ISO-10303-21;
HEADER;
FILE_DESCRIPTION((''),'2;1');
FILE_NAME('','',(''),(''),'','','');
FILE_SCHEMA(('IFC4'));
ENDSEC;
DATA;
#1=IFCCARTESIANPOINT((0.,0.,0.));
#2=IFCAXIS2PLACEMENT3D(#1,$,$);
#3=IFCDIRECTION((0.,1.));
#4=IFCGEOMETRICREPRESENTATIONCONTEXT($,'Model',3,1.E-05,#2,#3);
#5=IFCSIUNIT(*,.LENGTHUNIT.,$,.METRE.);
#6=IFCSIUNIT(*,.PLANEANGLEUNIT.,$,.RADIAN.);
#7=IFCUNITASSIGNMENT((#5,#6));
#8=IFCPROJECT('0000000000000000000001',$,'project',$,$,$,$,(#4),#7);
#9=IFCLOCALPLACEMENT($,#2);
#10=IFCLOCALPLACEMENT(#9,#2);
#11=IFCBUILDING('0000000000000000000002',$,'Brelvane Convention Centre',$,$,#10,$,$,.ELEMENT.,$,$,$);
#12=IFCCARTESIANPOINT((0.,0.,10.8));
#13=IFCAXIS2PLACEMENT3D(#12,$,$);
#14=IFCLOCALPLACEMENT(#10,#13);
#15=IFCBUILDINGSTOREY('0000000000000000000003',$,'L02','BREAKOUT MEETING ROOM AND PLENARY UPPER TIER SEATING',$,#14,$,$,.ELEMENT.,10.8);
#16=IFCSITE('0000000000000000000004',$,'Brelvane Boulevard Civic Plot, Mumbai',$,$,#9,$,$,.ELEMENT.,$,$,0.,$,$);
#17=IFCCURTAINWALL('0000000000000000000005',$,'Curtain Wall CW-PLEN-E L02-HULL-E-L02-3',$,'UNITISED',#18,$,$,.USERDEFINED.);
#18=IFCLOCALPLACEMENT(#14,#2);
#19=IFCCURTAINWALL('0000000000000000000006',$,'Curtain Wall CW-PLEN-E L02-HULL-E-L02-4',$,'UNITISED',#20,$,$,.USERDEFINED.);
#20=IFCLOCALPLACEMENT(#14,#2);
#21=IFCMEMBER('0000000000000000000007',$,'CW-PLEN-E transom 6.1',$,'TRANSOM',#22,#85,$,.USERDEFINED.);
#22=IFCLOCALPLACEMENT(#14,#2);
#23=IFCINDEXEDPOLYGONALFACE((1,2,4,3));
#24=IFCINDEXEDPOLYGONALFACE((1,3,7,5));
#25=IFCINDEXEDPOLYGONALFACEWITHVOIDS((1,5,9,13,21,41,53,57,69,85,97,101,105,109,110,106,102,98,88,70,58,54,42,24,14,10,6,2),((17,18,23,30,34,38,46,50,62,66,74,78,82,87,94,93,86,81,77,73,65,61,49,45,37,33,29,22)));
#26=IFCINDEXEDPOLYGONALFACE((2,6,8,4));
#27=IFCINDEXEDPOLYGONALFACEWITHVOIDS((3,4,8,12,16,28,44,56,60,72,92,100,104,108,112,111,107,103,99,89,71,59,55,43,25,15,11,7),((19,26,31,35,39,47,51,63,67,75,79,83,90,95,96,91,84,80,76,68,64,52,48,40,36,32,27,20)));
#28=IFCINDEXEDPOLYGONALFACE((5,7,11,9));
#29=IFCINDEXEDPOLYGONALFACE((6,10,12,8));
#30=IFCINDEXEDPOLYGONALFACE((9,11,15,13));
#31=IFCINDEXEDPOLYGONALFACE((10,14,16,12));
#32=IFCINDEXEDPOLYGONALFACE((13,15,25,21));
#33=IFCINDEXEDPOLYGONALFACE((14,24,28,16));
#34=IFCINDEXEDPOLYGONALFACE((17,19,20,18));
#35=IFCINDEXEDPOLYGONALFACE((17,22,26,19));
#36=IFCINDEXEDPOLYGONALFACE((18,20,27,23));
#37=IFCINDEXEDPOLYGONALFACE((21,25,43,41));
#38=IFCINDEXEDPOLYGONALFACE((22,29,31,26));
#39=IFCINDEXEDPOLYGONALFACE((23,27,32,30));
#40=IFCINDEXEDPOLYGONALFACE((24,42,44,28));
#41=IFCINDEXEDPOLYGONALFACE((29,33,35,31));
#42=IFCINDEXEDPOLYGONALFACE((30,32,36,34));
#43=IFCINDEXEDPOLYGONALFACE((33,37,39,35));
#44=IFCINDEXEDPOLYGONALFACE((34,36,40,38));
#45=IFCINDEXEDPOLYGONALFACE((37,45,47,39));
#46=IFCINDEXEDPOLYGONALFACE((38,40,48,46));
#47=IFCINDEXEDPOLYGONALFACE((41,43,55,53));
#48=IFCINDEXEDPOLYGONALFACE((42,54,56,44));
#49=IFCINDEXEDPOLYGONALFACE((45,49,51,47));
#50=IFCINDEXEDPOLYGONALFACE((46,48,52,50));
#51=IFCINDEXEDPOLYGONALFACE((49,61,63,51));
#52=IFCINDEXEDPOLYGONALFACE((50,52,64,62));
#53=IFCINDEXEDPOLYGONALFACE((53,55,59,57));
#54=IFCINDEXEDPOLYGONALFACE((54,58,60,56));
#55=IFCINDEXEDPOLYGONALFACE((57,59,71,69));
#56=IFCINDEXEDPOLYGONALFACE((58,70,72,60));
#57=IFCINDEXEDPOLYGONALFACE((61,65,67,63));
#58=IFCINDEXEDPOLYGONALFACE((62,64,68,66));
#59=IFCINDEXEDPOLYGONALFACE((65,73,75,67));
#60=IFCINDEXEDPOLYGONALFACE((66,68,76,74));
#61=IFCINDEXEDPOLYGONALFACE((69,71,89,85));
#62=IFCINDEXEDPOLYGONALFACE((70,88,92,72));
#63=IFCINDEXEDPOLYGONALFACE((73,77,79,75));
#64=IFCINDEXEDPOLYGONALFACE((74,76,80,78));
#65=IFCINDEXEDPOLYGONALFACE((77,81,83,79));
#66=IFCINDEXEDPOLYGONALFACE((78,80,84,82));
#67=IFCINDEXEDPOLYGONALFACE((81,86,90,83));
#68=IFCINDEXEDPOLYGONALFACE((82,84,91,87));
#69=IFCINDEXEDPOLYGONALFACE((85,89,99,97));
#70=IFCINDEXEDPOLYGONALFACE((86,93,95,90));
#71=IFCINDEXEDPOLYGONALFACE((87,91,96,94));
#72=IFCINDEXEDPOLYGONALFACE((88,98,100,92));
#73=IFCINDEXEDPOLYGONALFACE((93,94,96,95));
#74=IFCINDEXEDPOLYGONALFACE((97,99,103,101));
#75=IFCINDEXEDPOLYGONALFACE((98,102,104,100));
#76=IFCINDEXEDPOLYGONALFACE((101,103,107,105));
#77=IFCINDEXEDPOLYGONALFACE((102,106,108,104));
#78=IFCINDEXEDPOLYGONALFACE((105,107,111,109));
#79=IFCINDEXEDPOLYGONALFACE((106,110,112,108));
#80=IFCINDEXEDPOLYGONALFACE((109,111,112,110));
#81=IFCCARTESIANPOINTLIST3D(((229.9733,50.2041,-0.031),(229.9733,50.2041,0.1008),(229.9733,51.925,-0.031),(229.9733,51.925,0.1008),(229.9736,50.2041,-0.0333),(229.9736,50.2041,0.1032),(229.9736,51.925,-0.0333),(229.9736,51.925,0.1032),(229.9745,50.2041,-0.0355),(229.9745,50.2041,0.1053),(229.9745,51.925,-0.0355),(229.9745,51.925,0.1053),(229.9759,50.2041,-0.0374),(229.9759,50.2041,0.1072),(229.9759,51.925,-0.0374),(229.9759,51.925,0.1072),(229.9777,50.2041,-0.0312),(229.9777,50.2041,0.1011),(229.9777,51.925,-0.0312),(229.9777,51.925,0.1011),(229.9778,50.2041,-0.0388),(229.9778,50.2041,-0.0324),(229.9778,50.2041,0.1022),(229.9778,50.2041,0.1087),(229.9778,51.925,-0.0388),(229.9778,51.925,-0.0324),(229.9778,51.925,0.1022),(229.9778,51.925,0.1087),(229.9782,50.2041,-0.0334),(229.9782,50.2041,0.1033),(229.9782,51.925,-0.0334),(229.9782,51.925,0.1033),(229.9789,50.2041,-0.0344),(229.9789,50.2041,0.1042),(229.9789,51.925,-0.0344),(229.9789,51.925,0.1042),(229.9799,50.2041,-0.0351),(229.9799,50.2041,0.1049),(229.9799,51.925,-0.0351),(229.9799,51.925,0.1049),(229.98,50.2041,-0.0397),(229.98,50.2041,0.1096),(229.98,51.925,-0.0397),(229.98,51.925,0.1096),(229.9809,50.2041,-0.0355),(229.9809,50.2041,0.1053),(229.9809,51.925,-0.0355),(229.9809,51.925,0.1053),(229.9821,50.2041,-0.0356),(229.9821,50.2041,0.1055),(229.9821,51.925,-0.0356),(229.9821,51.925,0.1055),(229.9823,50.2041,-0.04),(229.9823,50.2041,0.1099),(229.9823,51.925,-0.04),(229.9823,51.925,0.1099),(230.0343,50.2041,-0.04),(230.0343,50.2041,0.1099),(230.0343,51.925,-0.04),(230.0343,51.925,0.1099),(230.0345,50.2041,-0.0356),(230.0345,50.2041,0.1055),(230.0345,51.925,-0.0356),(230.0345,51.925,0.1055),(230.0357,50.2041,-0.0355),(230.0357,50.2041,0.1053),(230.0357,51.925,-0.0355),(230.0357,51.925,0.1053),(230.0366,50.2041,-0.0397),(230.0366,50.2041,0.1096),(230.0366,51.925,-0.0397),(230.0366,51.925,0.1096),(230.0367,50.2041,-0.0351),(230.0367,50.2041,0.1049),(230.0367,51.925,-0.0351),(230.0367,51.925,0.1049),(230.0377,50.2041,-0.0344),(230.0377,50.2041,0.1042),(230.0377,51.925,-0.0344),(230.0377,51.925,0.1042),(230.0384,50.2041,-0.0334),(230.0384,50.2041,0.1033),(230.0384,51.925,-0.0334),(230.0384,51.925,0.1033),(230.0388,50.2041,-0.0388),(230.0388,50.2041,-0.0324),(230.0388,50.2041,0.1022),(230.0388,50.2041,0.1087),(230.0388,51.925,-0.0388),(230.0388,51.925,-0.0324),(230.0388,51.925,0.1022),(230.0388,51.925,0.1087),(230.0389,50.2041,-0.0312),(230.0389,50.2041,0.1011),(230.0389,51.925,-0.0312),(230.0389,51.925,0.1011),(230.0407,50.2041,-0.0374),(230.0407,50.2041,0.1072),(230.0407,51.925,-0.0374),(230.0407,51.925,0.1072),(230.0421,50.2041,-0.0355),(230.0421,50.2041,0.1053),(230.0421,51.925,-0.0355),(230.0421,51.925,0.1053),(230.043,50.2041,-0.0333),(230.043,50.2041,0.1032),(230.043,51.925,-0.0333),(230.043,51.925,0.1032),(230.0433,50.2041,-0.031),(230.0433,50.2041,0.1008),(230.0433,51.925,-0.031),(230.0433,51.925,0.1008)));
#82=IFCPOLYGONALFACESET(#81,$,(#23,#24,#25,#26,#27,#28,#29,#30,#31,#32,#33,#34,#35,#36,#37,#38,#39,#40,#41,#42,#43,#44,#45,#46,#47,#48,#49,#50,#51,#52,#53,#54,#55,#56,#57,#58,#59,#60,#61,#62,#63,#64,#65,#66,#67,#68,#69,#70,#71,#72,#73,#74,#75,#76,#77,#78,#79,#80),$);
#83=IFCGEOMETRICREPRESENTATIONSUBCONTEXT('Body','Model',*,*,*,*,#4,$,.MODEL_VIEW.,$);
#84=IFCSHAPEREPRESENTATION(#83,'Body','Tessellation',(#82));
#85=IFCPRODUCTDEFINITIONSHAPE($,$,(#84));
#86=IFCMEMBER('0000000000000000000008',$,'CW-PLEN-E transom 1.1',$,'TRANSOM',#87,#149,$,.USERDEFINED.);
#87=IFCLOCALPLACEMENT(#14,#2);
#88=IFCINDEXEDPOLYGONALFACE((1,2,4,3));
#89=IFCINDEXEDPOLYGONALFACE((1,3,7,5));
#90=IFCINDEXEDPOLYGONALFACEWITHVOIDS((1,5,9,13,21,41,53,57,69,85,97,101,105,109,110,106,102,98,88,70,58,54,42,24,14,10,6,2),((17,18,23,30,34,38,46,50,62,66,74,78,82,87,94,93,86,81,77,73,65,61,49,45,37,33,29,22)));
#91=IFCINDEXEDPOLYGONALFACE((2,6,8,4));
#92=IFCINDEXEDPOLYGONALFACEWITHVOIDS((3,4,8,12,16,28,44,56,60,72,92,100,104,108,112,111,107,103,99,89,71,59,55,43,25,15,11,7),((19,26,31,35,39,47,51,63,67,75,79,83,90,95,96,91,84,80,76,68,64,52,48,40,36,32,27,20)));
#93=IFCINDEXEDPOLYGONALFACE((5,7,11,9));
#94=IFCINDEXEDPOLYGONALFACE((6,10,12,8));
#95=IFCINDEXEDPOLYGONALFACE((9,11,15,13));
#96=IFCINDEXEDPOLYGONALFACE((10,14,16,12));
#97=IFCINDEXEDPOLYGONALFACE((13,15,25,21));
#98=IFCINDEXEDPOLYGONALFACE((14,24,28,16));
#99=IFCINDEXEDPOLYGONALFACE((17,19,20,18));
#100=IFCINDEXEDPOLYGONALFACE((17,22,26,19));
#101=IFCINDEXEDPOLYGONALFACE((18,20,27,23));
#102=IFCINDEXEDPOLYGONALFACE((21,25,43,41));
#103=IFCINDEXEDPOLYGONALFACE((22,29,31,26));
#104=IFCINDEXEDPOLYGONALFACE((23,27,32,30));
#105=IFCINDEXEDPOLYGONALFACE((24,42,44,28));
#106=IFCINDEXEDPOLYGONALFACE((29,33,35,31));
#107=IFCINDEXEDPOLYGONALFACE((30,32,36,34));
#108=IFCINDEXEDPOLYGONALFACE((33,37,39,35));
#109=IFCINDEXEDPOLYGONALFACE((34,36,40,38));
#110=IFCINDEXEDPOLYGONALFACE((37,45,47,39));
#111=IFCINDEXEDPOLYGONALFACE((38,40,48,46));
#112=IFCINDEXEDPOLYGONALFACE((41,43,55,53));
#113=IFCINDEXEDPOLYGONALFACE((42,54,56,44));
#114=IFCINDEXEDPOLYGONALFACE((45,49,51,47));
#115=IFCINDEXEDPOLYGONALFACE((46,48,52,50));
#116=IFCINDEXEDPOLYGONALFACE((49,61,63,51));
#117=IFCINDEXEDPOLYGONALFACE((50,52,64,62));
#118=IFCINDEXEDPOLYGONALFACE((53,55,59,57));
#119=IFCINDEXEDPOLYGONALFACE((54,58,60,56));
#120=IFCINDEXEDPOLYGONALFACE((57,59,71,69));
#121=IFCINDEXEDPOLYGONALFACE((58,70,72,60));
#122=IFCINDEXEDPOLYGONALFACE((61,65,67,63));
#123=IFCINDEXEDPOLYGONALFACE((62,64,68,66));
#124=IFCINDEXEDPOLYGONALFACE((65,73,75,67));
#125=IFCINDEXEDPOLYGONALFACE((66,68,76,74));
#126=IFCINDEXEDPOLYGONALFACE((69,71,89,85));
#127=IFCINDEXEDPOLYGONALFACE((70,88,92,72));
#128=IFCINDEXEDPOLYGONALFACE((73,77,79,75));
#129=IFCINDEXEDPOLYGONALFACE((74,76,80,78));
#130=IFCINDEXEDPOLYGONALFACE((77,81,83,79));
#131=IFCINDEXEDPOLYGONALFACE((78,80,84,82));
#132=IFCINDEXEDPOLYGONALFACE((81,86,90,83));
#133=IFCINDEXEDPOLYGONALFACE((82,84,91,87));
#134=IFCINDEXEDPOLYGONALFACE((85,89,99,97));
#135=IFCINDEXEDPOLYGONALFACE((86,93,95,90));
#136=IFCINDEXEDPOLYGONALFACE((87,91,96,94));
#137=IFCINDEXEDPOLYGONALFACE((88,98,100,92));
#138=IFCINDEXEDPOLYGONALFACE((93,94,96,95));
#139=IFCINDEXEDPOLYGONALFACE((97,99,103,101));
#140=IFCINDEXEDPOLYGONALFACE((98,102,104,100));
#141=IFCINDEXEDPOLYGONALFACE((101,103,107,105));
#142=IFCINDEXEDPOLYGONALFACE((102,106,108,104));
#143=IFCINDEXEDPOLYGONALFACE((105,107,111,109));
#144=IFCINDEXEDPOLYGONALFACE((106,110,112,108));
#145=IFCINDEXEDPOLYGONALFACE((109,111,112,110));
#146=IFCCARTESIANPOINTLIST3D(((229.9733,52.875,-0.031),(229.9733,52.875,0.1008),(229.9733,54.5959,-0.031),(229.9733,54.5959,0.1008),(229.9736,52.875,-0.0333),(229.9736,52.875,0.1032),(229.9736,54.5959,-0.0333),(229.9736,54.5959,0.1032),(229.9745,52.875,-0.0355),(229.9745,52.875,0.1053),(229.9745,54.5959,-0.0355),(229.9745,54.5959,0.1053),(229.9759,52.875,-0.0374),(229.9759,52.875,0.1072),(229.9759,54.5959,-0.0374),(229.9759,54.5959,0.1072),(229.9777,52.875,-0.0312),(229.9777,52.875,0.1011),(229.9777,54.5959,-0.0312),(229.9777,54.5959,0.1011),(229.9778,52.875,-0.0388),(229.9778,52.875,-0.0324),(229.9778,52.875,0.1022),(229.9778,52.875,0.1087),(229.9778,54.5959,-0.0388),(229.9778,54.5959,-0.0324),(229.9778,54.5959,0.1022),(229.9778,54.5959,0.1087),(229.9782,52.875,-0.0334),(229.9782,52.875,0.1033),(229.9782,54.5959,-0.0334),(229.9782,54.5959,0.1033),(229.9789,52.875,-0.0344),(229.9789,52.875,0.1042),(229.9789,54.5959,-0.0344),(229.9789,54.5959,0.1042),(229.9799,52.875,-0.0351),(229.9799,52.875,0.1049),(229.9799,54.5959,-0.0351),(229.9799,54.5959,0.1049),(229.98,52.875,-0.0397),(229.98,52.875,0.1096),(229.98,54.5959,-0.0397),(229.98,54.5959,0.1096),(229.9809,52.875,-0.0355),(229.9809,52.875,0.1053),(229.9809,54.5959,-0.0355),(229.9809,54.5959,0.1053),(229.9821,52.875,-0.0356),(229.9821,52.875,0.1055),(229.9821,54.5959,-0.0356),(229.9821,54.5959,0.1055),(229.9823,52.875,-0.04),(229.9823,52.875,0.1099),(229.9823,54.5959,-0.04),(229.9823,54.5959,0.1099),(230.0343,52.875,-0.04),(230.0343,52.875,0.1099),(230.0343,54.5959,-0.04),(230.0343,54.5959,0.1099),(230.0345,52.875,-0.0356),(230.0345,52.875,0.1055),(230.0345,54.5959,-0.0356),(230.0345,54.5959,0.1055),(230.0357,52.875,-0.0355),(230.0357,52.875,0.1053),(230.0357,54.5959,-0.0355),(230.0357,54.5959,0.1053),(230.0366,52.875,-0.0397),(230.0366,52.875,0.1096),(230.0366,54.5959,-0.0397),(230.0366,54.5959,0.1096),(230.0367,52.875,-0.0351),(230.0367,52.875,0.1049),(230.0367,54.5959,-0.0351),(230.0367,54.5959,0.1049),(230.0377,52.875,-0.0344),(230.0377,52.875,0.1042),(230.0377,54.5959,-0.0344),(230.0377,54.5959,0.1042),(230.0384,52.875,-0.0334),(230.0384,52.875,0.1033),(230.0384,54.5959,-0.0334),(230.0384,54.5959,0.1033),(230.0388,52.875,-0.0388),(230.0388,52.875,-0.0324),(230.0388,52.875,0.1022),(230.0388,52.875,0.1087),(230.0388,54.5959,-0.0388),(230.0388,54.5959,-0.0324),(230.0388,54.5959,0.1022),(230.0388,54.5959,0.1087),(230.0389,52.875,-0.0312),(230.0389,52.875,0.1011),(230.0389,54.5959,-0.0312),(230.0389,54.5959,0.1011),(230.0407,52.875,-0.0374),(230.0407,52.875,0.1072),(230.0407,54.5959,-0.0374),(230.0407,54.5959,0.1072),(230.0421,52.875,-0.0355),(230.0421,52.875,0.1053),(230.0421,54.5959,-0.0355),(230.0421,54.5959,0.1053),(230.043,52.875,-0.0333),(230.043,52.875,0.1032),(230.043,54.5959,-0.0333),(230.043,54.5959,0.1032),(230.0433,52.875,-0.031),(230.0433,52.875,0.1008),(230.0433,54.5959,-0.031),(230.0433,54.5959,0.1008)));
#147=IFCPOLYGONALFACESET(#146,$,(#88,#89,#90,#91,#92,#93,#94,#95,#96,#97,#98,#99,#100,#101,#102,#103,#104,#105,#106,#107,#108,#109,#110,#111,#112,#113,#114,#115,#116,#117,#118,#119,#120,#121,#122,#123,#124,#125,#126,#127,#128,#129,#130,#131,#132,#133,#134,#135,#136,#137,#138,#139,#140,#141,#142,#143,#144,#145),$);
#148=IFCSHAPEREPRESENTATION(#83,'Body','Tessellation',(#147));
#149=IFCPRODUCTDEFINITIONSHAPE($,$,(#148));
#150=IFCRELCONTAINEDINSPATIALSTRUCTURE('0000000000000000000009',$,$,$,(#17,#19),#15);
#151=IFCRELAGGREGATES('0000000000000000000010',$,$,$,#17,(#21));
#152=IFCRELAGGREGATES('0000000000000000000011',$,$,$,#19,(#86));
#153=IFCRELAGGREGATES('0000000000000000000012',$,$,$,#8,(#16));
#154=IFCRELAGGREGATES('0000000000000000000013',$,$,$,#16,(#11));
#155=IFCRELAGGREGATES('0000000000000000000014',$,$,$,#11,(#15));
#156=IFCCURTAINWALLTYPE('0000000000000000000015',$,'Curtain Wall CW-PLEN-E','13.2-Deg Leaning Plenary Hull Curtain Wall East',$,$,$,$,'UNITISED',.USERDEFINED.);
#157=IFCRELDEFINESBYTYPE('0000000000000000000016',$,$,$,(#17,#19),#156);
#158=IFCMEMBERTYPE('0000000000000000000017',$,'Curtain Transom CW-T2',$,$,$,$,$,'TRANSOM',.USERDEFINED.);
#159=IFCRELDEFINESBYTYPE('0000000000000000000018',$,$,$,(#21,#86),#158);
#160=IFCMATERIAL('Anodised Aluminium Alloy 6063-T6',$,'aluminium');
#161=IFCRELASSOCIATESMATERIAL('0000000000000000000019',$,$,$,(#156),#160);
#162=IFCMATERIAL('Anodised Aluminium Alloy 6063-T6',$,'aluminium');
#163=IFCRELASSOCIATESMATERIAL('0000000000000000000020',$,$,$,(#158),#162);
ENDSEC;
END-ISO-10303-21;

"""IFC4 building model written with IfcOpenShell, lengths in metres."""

from ifc_helpers import new_model, si_unit, direction, frame, origin, origin_2d, place, context, subcontext, project, spatial, hollow_rectangle, extrude, material, material_profile, profile_set, type_object, element, aggregate, save


model = new_model("IFC4")

# Units and contexts
model_context = context("Model", 3, precision=1e-05, world=origin(), true_north=direction((0.0, 1.0)))
body_context = subcontext(model_context, "Body", "Model", "MODEL_VIEW")
ifc_project = project(units=[si_unit("LENGTHUNIT", "METRE"), si_unit("PLANEANGLEUNIT", "RADIAN")], contexts=[model_context])

# Site, building, storey
site_placement = place(None, origin())
site = spatial("IfcSite", under=ifc_project, at=site_placement, Name="Brelvane Boulevard Civic Plot, Mumbai", CompositionType="ELEMENT", RefElevation=0.0)
building_placement = place(site_placement, origin())
building = spatial("IfcBuilding", under=site, at=building_placement, Name="Brelvane Convention Centre", CompositionType="ELEMENT")
storey_placement = place(building_placement, frame((0.0, 0.0, 10.8)))
storey = spatial("IfcBuildingStorey", under=building, at=storey_placement, Name="L02", Description="BREAKOUT MEETING ROOM AND PLENARY UPPER TIER SEATING", CompositionType="ELEMENT", Elevation=10.8)

# Curtain walls
ifc_material_1 = material(Name="Anodised Aluminium Alloy 6063-T6", Category="aluminium")
curtain_wall_type = type_object("IfcCurtainWallType", Name="Curtain Wall CW-PLEN-E", Description="13.2-Deg Leaning Plenary Hull Curtain Wall East", ElementType="UNITISED", PredefinedType="USERDEFINED", material=ifc_material_1)
curtain_wall_1_placement = place(storey_placement, origin())
curtain_wall_1 = element("IfcCurtainWall", 1, at=curtain_wall_1_placement, inside=storey, type_object=curtain_wall_type, Name="Curtain Wall CW-PLEN-E L02-HULL-E-L02-3", ObjectType="UNITISED", PredefinedType="USERDEFINED")
curtain_wall_2_placement = place(storey_placement, origin())
curtain_wall_2 = element("IfcCurtainWall", 2, at=curtain_wall_2_placement, inside=storey, type_object=curtain_wall_type, Name="Curtain Wall CW-PLEN-E L02-HULL-E-L02-4", ObjectType="UNITISED", PredefinedType="USERDEFINED")

# Members
ifc_material_2 = material(Name="Anodised Aluminium Alloy 6063-T6", Category="aluminium")
ifc_material_profile_1 = material_profile(ifc_material_2, hollow_rectangle(XDim=0.0701, YDim=0.1499, WallThickness=0.0044, InnerFilletRadius=0.0044, OuterFilletRadius=0.009, at=origin_2d()), Name="ALU-T 150x70x4.5")
ifc_profile_set_1 = profile_set([ifc_material_profile_1], Name="Anodised Aluminium Alloy 6063-T6")
member_type_1 = type_object("IfcMemberType", Name="Curtain Transom CW-T2", ElementType="TRANSOM", PredefinedType="USERDEFINED", material=ifc_profile_set_1)
member_1_placement = place(storey_placement, frame((230.0083, 50.2041, 0.0349), z_axis=(0.0, 1.0, 0.0), x_axis=(-1.0, 0.0, 0.0)))
member_1 = element("IfcMember", 3, at=member_1_placement, type_object=member_type_1, Name="CW-PLEN-E transom 6.1", ObjectType="TRANSOM", PredefinedType="USERDEFINED", context=body_context, shape_type="SweptSolid", body=[
    extrude(hollow_rectangle(XDim=0.0701, YDim=0.1499, WallThickness=0.0044, InnerFilletRadius=0.0044, OuterFilletRadius=0.009, at=origin_2d()), origin(), (0.0, 0.0, 1.0), 1.7209),
])
aggregate(curtain_wall_1, [member_1])
member_2_placement = place(storey_placement, frame((230.0083, 52.875, 0.0349), z_axis=(0.0, 1.0, 0.0), x_axis=(-1.0, 0.0, 0.0)))
member_2 = element("IfcMember", 4, at=member_2_placement, type_object=member_type_1, Name="CW-PLEN-E transom 1.1", ObjectType="TRANSOM", PredefinedType="USERDEFINED", context=body_context, shape_type="SweptSolid", body=[
    extrude(hollow_rectangle(XDim=0.0701, YDim=0.1499, WallThickness=0.0044, InnerFilletRadius=0.0044, OuterFilletRadius=0.009, at=origin_2d()), origin(), (0.0, 0.0, 1.0), 1.7209),
])
aggregate(curtain_wall_2, [member_2])

save(model, "model.ifc")
